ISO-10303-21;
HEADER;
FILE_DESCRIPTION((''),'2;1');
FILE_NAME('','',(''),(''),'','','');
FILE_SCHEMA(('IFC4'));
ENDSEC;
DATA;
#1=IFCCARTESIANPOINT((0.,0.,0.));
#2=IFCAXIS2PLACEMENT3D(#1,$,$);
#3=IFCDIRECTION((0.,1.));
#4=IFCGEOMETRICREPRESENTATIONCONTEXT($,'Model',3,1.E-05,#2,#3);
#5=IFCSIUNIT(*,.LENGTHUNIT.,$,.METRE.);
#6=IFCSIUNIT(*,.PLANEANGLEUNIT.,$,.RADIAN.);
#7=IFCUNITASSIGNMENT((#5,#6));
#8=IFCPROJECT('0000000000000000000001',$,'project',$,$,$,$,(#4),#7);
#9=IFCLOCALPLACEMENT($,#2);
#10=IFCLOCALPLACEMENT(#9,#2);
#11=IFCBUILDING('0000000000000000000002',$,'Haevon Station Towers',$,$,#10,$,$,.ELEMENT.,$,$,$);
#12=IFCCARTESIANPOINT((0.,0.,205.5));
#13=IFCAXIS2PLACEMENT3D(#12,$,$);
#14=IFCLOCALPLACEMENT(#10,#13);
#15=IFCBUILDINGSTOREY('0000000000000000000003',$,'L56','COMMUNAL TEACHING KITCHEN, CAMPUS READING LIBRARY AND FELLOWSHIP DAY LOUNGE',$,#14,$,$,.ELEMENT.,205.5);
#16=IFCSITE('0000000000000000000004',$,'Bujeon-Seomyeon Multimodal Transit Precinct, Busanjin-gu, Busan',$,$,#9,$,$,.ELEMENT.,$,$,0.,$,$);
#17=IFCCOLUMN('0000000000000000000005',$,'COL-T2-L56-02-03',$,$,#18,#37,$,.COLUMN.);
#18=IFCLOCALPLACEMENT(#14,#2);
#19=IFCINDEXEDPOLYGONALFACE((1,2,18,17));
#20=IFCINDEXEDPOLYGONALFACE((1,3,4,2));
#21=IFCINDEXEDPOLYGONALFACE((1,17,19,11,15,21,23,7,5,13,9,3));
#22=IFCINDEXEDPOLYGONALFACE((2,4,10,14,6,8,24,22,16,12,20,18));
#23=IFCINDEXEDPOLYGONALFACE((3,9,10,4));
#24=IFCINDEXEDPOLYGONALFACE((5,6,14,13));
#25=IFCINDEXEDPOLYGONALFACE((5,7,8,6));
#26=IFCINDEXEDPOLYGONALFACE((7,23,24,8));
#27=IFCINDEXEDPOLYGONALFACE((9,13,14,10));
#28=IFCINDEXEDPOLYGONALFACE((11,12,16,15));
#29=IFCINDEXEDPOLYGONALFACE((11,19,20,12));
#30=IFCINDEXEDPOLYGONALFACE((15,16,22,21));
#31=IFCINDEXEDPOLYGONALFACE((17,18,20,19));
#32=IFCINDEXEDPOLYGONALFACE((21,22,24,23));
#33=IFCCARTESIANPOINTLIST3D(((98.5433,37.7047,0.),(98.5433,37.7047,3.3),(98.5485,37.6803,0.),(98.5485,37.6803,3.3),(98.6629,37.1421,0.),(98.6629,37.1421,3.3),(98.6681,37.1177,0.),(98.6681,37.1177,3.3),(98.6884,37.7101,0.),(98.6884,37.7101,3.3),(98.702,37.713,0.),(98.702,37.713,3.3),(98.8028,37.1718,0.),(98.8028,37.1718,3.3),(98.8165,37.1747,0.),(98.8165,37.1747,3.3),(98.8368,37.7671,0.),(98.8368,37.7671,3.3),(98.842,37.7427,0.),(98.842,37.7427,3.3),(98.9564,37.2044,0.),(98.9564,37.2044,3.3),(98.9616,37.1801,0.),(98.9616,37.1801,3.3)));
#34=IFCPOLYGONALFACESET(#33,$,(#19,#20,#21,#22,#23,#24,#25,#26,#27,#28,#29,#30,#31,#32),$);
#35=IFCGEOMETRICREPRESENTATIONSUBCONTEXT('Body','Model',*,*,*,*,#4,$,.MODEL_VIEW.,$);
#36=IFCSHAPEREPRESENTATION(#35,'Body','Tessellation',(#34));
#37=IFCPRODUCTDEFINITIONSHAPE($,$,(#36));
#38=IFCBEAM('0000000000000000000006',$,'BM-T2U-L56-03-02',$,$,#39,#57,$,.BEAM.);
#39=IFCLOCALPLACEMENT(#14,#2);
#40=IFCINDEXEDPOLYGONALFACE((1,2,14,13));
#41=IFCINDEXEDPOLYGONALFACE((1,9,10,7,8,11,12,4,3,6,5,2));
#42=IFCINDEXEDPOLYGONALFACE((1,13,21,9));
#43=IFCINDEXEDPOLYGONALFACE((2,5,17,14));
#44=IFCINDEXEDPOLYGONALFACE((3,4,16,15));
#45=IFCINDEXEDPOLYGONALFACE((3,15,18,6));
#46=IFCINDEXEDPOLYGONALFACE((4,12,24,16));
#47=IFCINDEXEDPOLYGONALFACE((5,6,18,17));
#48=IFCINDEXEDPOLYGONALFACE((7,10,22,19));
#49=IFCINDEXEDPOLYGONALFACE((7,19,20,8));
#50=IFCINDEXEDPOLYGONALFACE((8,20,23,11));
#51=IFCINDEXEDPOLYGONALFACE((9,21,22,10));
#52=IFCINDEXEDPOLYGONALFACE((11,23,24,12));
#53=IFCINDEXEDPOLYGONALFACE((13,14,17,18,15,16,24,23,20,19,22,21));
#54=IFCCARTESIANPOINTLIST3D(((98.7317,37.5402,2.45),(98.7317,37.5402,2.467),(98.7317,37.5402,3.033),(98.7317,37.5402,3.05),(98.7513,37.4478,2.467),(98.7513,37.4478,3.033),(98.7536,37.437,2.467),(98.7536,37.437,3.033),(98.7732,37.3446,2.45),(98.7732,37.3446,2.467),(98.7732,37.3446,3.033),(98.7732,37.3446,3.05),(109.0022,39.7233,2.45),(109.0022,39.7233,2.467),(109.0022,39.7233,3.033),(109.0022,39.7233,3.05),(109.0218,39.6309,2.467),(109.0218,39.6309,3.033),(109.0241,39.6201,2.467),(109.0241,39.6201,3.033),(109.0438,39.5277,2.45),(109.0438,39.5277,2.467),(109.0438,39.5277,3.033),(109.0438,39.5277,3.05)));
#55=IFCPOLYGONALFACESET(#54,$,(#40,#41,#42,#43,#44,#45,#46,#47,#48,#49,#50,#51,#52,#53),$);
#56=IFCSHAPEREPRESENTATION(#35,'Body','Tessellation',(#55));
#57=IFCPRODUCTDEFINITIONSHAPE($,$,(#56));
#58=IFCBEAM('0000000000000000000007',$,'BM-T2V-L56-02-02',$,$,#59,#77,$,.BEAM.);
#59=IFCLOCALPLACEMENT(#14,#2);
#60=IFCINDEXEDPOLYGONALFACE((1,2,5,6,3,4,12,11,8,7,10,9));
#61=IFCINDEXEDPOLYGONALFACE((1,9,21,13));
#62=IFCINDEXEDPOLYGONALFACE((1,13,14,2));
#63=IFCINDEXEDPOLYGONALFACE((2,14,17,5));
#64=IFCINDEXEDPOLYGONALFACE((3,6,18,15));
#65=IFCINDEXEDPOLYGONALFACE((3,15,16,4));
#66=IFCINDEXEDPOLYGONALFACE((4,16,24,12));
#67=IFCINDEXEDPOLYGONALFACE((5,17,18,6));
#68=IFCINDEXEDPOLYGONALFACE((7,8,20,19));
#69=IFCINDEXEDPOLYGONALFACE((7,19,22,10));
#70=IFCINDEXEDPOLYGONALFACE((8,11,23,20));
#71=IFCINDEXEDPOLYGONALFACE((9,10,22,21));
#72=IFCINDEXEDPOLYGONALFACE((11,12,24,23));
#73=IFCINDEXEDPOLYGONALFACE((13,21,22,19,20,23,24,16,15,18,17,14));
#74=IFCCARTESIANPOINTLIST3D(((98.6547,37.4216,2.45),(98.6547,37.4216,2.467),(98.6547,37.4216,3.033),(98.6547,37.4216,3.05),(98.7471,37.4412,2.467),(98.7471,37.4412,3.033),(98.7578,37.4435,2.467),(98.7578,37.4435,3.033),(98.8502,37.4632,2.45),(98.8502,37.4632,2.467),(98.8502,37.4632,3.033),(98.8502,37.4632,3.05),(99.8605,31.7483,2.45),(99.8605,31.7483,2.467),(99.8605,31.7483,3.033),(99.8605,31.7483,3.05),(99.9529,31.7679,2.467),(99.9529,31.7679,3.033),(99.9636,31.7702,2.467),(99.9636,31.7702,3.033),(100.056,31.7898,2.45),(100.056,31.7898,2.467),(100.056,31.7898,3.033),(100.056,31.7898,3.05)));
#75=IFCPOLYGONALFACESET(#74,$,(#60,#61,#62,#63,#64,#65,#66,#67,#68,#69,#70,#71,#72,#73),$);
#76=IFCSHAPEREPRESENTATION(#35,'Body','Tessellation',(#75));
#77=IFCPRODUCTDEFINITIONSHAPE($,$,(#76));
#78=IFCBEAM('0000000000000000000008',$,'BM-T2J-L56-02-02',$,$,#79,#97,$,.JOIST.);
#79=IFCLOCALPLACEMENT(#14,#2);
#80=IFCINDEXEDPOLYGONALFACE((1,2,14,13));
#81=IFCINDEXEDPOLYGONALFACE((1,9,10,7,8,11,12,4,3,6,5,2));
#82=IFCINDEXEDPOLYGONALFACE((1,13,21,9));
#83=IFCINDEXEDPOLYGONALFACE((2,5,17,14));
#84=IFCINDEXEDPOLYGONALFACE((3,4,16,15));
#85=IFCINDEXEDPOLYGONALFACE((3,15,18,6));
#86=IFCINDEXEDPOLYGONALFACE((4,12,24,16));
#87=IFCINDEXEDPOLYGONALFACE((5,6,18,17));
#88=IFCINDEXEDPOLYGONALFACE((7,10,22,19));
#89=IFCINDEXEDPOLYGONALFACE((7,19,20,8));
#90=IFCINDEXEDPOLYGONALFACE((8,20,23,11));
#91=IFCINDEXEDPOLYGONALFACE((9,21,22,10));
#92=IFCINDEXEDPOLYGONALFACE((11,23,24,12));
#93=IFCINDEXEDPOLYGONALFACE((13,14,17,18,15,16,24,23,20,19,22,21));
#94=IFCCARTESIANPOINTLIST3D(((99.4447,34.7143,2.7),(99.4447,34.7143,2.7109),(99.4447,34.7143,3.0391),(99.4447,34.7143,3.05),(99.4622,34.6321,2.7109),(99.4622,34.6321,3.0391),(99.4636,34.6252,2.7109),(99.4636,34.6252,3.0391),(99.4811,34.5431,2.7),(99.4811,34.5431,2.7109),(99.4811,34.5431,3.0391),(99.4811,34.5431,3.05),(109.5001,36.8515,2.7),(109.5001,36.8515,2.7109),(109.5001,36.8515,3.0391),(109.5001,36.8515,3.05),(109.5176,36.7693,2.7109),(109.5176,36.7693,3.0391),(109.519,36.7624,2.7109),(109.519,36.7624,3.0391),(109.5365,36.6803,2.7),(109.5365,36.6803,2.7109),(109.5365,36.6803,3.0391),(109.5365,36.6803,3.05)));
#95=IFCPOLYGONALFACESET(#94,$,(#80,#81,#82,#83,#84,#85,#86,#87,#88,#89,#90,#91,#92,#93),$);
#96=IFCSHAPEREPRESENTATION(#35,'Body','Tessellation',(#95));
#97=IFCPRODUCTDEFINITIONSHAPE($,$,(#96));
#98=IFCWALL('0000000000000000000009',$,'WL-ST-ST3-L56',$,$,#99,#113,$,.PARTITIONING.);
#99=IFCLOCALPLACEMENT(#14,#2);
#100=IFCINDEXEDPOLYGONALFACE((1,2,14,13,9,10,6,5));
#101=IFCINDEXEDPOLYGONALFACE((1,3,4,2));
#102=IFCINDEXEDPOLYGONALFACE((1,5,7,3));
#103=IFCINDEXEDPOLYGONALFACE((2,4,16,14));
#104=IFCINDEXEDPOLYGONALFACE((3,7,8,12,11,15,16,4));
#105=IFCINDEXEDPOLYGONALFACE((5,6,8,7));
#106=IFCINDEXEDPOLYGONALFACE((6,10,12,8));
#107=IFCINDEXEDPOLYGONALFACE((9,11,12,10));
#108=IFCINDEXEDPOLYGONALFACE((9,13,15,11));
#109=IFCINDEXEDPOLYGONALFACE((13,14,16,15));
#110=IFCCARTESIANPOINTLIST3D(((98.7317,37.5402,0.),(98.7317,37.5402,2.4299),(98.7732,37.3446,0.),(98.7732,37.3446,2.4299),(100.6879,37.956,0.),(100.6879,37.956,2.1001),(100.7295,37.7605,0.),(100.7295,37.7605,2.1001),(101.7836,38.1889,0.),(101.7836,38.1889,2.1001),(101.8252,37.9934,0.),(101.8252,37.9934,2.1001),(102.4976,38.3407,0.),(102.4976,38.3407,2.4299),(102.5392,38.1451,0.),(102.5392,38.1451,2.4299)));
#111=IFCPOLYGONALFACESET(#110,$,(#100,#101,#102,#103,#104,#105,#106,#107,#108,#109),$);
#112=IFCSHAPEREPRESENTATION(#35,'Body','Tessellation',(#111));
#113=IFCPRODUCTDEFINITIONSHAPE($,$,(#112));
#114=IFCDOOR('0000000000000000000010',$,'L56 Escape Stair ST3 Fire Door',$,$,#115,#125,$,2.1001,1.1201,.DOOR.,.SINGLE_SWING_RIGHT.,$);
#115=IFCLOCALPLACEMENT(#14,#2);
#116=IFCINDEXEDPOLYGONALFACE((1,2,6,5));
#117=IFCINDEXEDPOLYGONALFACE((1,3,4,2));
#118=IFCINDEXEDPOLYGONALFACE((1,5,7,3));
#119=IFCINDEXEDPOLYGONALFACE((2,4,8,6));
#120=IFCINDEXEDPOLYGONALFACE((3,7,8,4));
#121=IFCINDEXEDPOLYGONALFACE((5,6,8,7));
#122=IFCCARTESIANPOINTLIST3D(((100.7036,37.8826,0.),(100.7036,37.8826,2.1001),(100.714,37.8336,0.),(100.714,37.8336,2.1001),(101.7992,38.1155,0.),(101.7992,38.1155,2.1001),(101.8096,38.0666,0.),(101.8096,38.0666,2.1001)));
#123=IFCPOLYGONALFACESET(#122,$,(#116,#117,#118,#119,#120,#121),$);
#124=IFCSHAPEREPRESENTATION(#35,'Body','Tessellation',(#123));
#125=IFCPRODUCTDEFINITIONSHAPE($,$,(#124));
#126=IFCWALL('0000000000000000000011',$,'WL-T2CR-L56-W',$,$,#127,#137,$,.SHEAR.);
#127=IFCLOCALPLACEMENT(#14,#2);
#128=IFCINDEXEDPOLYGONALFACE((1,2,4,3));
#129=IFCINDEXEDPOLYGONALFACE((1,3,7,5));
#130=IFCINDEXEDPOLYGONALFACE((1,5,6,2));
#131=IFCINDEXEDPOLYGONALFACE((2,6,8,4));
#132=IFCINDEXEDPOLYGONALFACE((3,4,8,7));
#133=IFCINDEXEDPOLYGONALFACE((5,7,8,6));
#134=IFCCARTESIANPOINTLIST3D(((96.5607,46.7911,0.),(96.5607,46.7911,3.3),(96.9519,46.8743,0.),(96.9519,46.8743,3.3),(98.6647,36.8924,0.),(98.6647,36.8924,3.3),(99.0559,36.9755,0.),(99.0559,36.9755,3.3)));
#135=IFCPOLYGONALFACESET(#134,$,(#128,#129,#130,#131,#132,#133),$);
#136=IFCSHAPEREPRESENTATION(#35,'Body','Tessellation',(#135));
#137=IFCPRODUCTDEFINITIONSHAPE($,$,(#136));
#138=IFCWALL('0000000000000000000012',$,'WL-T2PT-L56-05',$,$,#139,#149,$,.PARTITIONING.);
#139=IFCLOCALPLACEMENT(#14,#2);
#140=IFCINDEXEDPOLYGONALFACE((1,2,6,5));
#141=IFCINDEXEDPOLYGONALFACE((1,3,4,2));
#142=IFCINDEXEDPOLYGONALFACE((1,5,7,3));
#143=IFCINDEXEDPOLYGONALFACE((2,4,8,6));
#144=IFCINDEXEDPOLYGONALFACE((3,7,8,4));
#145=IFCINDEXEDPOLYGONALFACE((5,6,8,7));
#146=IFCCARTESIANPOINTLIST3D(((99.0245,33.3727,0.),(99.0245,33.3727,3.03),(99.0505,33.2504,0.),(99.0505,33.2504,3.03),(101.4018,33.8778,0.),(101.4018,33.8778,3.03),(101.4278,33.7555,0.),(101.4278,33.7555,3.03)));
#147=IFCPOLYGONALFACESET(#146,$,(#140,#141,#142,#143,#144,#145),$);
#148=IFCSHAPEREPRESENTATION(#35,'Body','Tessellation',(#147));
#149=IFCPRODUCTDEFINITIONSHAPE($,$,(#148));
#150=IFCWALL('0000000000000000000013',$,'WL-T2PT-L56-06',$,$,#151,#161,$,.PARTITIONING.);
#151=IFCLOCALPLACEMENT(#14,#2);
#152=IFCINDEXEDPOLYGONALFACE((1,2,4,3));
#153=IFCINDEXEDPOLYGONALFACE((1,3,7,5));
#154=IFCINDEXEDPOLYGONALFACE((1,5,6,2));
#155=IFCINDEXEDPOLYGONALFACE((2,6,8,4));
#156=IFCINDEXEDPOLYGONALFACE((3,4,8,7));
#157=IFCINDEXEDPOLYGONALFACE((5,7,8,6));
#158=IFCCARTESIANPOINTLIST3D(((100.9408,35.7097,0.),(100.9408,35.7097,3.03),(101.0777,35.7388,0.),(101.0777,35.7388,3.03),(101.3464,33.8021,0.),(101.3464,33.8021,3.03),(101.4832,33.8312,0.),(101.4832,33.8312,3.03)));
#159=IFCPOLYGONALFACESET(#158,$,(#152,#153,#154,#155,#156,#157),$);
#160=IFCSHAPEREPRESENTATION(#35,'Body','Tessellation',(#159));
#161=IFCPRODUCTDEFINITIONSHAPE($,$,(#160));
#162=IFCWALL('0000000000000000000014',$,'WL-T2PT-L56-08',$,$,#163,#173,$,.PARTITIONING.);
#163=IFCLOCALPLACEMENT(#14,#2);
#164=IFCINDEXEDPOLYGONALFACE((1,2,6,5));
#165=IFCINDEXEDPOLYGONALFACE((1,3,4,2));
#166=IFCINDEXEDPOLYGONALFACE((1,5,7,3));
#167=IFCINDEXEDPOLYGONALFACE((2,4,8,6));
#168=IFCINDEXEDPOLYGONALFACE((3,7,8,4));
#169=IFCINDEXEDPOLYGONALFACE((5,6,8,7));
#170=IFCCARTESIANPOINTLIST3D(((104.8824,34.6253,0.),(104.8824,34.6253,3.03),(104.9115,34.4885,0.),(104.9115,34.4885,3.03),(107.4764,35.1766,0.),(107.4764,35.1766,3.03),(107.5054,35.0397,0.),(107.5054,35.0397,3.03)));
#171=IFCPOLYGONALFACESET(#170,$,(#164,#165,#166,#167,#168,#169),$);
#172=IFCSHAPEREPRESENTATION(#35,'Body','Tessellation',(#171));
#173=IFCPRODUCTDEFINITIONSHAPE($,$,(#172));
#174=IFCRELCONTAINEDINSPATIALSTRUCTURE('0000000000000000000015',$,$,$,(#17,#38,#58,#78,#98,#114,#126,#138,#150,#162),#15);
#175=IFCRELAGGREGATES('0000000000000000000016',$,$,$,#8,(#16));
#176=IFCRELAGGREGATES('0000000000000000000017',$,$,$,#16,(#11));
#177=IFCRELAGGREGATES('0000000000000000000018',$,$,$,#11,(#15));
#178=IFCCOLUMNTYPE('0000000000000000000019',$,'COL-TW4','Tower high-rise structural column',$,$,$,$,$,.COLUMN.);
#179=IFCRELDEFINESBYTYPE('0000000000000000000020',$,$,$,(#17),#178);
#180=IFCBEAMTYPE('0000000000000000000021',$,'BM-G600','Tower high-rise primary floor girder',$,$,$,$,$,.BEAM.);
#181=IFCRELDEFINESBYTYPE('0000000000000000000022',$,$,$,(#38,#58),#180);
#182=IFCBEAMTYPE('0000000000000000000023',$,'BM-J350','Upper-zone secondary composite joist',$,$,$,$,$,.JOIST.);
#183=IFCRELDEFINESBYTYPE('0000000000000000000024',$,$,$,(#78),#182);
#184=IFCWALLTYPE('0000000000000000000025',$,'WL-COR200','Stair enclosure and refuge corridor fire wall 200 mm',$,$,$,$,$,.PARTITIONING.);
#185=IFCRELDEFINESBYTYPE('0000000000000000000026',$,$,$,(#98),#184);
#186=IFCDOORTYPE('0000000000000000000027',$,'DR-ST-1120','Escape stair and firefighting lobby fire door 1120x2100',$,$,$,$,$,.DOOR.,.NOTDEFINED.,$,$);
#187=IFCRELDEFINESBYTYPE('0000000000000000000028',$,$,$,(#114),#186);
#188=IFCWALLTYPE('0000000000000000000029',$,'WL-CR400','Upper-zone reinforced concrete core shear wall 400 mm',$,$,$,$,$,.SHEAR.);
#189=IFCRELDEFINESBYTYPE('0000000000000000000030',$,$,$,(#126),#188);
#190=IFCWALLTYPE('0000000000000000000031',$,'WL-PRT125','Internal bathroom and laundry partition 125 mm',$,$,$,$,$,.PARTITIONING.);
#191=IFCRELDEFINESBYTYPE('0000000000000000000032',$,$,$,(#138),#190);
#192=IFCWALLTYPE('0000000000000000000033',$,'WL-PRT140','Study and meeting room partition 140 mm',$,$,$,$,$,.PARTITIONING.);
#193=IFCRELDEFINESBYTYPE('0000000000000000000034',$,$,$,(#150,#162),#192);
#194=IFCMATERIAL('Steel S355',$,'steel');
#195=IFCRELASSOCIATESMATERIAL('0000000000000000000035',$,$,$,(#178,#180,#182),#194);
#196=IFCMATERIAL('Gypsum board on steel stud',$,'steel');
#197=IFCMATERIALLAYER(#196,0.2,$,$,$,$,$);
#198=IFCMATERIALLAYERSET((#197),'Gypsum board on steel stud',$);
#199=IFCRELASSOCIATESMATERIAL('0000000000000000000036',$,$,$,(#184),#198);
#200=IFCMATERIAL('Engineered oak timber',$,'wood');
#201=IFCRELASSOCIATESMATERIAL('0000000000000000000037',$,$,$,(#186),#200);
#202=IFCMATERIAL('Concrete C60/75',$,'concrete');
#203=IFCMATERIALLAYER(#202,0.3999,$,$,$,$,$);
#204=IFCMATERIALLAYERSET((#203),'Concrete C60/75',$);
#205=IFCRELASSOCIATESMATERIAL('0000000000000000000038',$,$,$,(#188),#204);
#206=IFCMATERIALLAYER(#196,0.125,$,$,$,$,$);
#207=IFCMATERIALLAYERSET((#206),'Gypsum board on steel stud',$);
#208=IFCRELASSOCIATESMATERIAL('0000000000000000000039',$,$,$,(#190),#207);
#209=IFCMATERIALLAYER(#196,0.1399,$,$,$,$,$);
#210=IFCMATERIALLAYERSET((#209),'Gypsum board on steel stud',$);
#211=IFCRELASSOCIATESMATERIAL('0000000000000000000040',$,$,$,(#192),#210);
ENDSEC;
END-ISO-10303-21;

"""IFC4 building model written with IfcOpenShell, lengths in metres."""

from ifc_helpers import new_model, si_unit, direction, frame, frame_2d, origin, origin_2d, place, context, subcontext, project, spatial, rectangle, i_section, extrude, material, layer, layer_set, material_profile, profile_set, type_object, element, fill, save


model = new_model("IFC4")

# Units and contexts
model_context = context("Model", 3, precision=1e-05, world=origin(), true_north=direction((0.0, 1.0)))
body_context = subcontext(model_context, "Body", "Model", "MODEL_VIEW")
ifc_project = project(units=[si_unit("LENGTHUNIT", "METRE"), si_unit("PLANEANGLEUNIT", "RADIAN")], contexts=[model_context])

# Site, building, storey
site_placement = place(None, origin())
site = spatial("IfcSite", under=ifc_project, at=site_placement, Name="Bujeon-Seomyeon Multimodal Transit Precinct, Busanjin-gu, Busan", CompositionType="ELEMENT", RefElevation=0.0)
building_placement = place(site_placement, origin())
building = spatial("IfcBuilding", under=site, at=building_placement, Name="Haevon Station Towers", CompositionType="ELEMENT")
storey_placement = place(building_placement, frame((0.0, 0.0, 205.5)))
storey = spatial("IfcBuildingStorey", under=building, at=storey_placement, Name="L56", Description="COMMUNAL TEACHING KITCHEN, CAMPUS READING LIBRARY AND FELLOWSHIP DAY LOUNGE", CompositionType="ELEMENT", Elevation=205.5)

# Column
ifc_material_1 = material(Name="Steel S355", Category="steel")
ifc_material_profile_1 = material_profile(ifc_material_1, i_section(OverallWidth=0.3, OverallDepth=0.6001, WebThickness=0.0139, FlangeThickness=0.0249, at=origin_2d()), Name="H-600x300x14x25")
ifc_profile_set_1 = profile_set([ifc_material_profile_1], Name="Steel S355")
column_type = type_object("IfcColumnType", Name="COL-TW4", Description="Tower high-rise structural column", PredefinedType="COLUMN", material=ifc_profile_set_1)
column_placement = place(storey_placement, frame((98.7524, 37.4424, 0.0), z_axis=(0.0, 0.0, 1.0), x_axis=(0.978148, 0.207912, 0.0)))
element("IfcColumn", 1, at=column_placement, inside=storey, type_object=column_type, Name="COL-T2-L56-02-03", PredefinedType="COLUMN", context=body_context, shape_type="SweptSolid", body=[
    extrude(i_section(OverallWidth=0.3, OverallDepth=0.6001, WebThickness=0.0139, FlangeThickness=0.0249, at=origin_2d()), origin(), (0.0, 0.0, 1.0), 3.3),
])

# Beams
ifc_material_profile_2 = material_profile(ifc_material_1, i_section(OverallWidth=0.2, OverallDepth=0.6001, WebThickness=0.011, FlangeThickness=0.0171, at=origin_2d()), Name="H-600x200x11x17")
ifc_profile_set_2 = profile_set([ifc_material_profile_2], Name="Steel S355")
beam_type_1 = type_object("IfcBeamType", Name="BM-G600", Description="Tower high-rise primary floor girder", PredefinedType="BEAM", material=ifc_profile_set_2)
beam_1_placement = place(storey_placement, frame((98.7524, 37.4424, 2.75), z_axis=(0.978147, 0.207915, 0.0), x_axis=(-0.207915, 0.978147, 0.0)))
element("IfcBeam", 2, at=beam_1_placement, inside=storey, type_object=beam_type_1, Name="BM-T2U-L56-03-02", PredefinedType="BEAM", context=body_context, shape_type="SweptSolid", body=[
    extrude(i_section(OverallWidth=0.2, OverallDepth=0.6001, WebThickness=0.011, FlangeThickness=0.0171, at=origin_2d()), origin(), (0.0, 0.0, 1.0), 10.5),
])
beam_2_placement = place(storey_placement, frame((99.9583, 31.769, 2.75), z_axis=(-0.207896, 0.978151, 0.0), x_axis=(-0.978151, -0.207896, 0.0)))
element("IfcBeam", 3, at=beam_2_placement, inside=storey, type_object=beam_type_1, Name="BM-T2V-L56-02-02", PredefinedType="BEAM", context=body_context, shape_type="SweptSolid", body=[
    extrude(i_section(OverallWidth=0.2, OverallDepth=0.6001, WebThickness=0.011, FlangeThickness=0.0171, at=origin_2d()), origin(), (0.0, 0.0, 1.0), 5.8),
])
ifc_material_profile_3 = material_profile(ifc_material_1, i_section(OverallWidth=0.175, OverallDepth=0.3501, WebThickness=0.0071, FlangeThickness=0.011, at=origin_2d()), Name="H-350x175x7x11")
ifc_profile_set_3 = profile_set([ifc_material_profile_3], Name="Steel S355")
beam_type_2 = type_object("IfcBeamType", Name="BM-J350", Description="Upper-zone secondary composite joist", PredefinedType="JOIST", material=ifc_profile_set_3)
beam_3_placement = place(storey_placement, frame((99.4629, 34.6287, 2.875), z_axis=(0.97815, 0.207899, 0.0), x_axis=(-0.207899, 0.97815, 0.0)))
element("IfcBeam", 4, at=beam_3_placement, inside=storey, type_object=beam_type_2, Name="BM-T2J-L56-02-02", PredefinedType="JOIST", context=body_context, shape_type="SweptSolid", body=[
    extrude(i_section(OverallWidth=0.175, OverallDepth=0.3501, WebThickness=0.0071, FlangeThickness=0.011, at=origin_2d()), origin(), (0.0, 0.0, 1.0), 10.28),
])

# Wall, opening, door
ifc_material_2 = material(Name="Gypsum board on steel stud", Category="steel")
ifc_layer_1 = layer(ifc_material_2, 0.2)
ifc_layer_set_1 = layer_set([ifc_layer_1], Name="Gypsum board on steel stud")
wall_type_1 = type_object("IfcWallType", Name="WL-COR200", Description="Stair enclosure and refuge corridor fire wall 200 mm", PredefinedType="PARTITIONING", material=ifc_layer_set_1)
wall_1_placement = place(storey_placement, frame((98.7524, 37.4424, 0.0), z_axis=(0.0, 0.0, 1.0), x_axis=(0.978144, 0.207931, 0.0)))
wall_1 = element("IfcWall", 5, at=wall_1_placement, inside=storey, type_object=wall_type_1, Name="WL-ST-ST3-L56", PredefinedType="PARTITIONING", context=body_context, shape_type="SweptSolid", body=[
    extrude(rectangle(XDim=3.8501, YDim=0.2, at=frame_2d((1.925, 0.0))), origin(), (0.0, 0.0, 1.0), 2.4299),
])
opening_1_placement = place(wall_1_placement, frame((2.0, 0.0, 0.0)))
opening_1 = element("IfcOpeningElement", 6, at=opening_1_placement, cuts=wall_1, PredefinedType="OPENING", context=body_context, shape_type="SweptSolid", body=[
    extrude(rectangle(XDim=1.1201, YDim=2.1001, at=frame_2d((0.5601, 1.05))), frame((0.0, 0.1099, 0.0), z_axis=(0.0, -1.0, 0.0), x_axis=(1.0, 0.0, 0.0)), (0.0, 0.0, 1.0), 0.22),
])
ifc_material_3 = material(Name="Engineered oak timber", Category="wood")
door_type_1 = type_object("IfcDoorType", Name="DR-ST-1120", Description="Escape stair and firefighting lobby fire door 1120x2100", OperationType="NOTDEFINED", PredefinedType="DOOR", material=ifc_material_3)
door_1_placement = place(opening_1_placement, origin())
door_1 = element("IfcDoor", 7, at=door_1_placement, inside=storey, type_object=door_type_1, Name="L56 Escape Stair ST3 Fire Door", OperationType="SINGLE_SWING_RIGHT", OverallHeight=2.1001, OverallWidth=1.1201, PredefinedType="DOOR", context=body_context, shape_type="SweptSolid", body=[
    extrude(rectangle(XDim=1.1201, YDim=2.1001, at=frame_2d((0.5601, 1.05))), frame((0.0, 0.0249, 0.0), z_axis=(0.0, -1.0, 0.0), x_axis=(1.0, 0.0, 0.0)), (0.0, 0.0, 1.0), 0.05),
])
fill(opening_1, door_1)

# Walls
ifc_material_4 = material(Name="Concrete C60/75", Category="concrete")
ifc_layer_2 = layer(ifc_material_4, 0.3999)
ifc_layer_set_2 = layer_set([ifc_layer_2], Name="Concrete C60/75")
wall_type_2 = type_object("IfcWallType", Name="WL-CR400", Description="Upper-zone reinforced concrete core shear wall 400 mm", PredefinedType="SHEAR", material=ifc_layer_set_2)
wall_2_placement = place(storey_placement, frame((98.8604, 36.9338, 0.0), z_axis=(0.0, 0.0, 1.0), x_axis=(-0.207909, 0.978148, 0.0)))
element("IfcWall", 8, at=wall_2_placement, inside=storey, type_object=wall_type_2, Name="WL-T2CR-L56-W", PredefinedType="SHEAR", context=body_context, shape_type="SweptSolid", body=[
    extrude(rectangle(XDim=10.1199, YDim=0.3999, at=frame_2d((5.0601, 0.0))), origin(), (0.0, 0.0, 1.0), 3.3),
])
ifc_layer_3 = layer(ifc_material_2, 0.125)
ifc_layer_set_3 = layer_set([ifc_layer_3], Name="Gypsum board on steel stud")
wall_type_3 = type_object("IfcWallType", Name="WL-PRT125", Description="Internal bathroom and laundry partition 125 mm", PredefinedType="PARTITIONING", material=ifc_layer_set_3)
wall_3_placement = place(storey_placement, frame((99.0374, 33.3115, 0.0), z_axis=(0.0, 0.0, 1.0), x_axis=(0.978165, 0.207828, 0.0)))
element("IfcWall", 9, at=wall_3_placement, inside=storey, type_object=wall_type_3, Name="WL-T2PT-L56-05", PredefinedType="PARTITIONING", context=body_context, shape_type="SweptSolid", body=[
    extrude(rectangle(XDim=2.4304, YDim=0.125, at=frame_2d((1.2153, 0.0))), origin(), (0.0, 0.0, 1.0), 3.03),
])
ifc_layer_4 = layer(ifc_material_2, 0.1399)
ifc_layer_set_4 = layer_set([ifc_layer_4], Name="Gypsum board on steel stud")
wall_type_4 = type_object("IfcWallType", Name="WL-PRT140", Description="Study and meeting room partition 140 mm", PredefinedType="PARTITIONING", material=ifc_layer_set_4)
wall_4_placement = place(storey_placement, frame((101.4148, 33.8167, 0.0), z_axis=(0.0, 0.0, 1.0), x_axis=(-0.207947, 0.97814, 0.0)))
element("IfcWall", 10, at=wall_4_placement, inside=storey, type_object=wall_type_4, Name="WL-T2PT-L56-06", PredefinedType="PARTITIONING", context=body_context, shape_type="SweptSolid", body=[
    extrude(rectangle(XDim=1.9502, YDim=0.1399, at=frame_2d((0.9751, 0.0))), origin(), (0.0, 0.0, 1.0), 3.03),
])
wall_5_placement = place(storey_placement, frame((104.897, 34.5569, 0.0), z_axis=(0.0, 0.0, 1.0), x_axis=(0.978155, 0.207875, 0.0)))
element("IfcWall", 11, at=wall_5_placement, inside=storey, type_object=wall_type_4, Name="WL-T2PT-L56-08", PredefinedType="PARTITIONING", context=body_context, shape_type="SweptSolid", body=[
    extrude(rectangle(XDim=2.6519, YDim=0.1399, at=frame_2d((1.3259, 0.0))), origin(), (0.0, 0.0, 1.0), 3.03),
])

save(model, "model.ifc")
